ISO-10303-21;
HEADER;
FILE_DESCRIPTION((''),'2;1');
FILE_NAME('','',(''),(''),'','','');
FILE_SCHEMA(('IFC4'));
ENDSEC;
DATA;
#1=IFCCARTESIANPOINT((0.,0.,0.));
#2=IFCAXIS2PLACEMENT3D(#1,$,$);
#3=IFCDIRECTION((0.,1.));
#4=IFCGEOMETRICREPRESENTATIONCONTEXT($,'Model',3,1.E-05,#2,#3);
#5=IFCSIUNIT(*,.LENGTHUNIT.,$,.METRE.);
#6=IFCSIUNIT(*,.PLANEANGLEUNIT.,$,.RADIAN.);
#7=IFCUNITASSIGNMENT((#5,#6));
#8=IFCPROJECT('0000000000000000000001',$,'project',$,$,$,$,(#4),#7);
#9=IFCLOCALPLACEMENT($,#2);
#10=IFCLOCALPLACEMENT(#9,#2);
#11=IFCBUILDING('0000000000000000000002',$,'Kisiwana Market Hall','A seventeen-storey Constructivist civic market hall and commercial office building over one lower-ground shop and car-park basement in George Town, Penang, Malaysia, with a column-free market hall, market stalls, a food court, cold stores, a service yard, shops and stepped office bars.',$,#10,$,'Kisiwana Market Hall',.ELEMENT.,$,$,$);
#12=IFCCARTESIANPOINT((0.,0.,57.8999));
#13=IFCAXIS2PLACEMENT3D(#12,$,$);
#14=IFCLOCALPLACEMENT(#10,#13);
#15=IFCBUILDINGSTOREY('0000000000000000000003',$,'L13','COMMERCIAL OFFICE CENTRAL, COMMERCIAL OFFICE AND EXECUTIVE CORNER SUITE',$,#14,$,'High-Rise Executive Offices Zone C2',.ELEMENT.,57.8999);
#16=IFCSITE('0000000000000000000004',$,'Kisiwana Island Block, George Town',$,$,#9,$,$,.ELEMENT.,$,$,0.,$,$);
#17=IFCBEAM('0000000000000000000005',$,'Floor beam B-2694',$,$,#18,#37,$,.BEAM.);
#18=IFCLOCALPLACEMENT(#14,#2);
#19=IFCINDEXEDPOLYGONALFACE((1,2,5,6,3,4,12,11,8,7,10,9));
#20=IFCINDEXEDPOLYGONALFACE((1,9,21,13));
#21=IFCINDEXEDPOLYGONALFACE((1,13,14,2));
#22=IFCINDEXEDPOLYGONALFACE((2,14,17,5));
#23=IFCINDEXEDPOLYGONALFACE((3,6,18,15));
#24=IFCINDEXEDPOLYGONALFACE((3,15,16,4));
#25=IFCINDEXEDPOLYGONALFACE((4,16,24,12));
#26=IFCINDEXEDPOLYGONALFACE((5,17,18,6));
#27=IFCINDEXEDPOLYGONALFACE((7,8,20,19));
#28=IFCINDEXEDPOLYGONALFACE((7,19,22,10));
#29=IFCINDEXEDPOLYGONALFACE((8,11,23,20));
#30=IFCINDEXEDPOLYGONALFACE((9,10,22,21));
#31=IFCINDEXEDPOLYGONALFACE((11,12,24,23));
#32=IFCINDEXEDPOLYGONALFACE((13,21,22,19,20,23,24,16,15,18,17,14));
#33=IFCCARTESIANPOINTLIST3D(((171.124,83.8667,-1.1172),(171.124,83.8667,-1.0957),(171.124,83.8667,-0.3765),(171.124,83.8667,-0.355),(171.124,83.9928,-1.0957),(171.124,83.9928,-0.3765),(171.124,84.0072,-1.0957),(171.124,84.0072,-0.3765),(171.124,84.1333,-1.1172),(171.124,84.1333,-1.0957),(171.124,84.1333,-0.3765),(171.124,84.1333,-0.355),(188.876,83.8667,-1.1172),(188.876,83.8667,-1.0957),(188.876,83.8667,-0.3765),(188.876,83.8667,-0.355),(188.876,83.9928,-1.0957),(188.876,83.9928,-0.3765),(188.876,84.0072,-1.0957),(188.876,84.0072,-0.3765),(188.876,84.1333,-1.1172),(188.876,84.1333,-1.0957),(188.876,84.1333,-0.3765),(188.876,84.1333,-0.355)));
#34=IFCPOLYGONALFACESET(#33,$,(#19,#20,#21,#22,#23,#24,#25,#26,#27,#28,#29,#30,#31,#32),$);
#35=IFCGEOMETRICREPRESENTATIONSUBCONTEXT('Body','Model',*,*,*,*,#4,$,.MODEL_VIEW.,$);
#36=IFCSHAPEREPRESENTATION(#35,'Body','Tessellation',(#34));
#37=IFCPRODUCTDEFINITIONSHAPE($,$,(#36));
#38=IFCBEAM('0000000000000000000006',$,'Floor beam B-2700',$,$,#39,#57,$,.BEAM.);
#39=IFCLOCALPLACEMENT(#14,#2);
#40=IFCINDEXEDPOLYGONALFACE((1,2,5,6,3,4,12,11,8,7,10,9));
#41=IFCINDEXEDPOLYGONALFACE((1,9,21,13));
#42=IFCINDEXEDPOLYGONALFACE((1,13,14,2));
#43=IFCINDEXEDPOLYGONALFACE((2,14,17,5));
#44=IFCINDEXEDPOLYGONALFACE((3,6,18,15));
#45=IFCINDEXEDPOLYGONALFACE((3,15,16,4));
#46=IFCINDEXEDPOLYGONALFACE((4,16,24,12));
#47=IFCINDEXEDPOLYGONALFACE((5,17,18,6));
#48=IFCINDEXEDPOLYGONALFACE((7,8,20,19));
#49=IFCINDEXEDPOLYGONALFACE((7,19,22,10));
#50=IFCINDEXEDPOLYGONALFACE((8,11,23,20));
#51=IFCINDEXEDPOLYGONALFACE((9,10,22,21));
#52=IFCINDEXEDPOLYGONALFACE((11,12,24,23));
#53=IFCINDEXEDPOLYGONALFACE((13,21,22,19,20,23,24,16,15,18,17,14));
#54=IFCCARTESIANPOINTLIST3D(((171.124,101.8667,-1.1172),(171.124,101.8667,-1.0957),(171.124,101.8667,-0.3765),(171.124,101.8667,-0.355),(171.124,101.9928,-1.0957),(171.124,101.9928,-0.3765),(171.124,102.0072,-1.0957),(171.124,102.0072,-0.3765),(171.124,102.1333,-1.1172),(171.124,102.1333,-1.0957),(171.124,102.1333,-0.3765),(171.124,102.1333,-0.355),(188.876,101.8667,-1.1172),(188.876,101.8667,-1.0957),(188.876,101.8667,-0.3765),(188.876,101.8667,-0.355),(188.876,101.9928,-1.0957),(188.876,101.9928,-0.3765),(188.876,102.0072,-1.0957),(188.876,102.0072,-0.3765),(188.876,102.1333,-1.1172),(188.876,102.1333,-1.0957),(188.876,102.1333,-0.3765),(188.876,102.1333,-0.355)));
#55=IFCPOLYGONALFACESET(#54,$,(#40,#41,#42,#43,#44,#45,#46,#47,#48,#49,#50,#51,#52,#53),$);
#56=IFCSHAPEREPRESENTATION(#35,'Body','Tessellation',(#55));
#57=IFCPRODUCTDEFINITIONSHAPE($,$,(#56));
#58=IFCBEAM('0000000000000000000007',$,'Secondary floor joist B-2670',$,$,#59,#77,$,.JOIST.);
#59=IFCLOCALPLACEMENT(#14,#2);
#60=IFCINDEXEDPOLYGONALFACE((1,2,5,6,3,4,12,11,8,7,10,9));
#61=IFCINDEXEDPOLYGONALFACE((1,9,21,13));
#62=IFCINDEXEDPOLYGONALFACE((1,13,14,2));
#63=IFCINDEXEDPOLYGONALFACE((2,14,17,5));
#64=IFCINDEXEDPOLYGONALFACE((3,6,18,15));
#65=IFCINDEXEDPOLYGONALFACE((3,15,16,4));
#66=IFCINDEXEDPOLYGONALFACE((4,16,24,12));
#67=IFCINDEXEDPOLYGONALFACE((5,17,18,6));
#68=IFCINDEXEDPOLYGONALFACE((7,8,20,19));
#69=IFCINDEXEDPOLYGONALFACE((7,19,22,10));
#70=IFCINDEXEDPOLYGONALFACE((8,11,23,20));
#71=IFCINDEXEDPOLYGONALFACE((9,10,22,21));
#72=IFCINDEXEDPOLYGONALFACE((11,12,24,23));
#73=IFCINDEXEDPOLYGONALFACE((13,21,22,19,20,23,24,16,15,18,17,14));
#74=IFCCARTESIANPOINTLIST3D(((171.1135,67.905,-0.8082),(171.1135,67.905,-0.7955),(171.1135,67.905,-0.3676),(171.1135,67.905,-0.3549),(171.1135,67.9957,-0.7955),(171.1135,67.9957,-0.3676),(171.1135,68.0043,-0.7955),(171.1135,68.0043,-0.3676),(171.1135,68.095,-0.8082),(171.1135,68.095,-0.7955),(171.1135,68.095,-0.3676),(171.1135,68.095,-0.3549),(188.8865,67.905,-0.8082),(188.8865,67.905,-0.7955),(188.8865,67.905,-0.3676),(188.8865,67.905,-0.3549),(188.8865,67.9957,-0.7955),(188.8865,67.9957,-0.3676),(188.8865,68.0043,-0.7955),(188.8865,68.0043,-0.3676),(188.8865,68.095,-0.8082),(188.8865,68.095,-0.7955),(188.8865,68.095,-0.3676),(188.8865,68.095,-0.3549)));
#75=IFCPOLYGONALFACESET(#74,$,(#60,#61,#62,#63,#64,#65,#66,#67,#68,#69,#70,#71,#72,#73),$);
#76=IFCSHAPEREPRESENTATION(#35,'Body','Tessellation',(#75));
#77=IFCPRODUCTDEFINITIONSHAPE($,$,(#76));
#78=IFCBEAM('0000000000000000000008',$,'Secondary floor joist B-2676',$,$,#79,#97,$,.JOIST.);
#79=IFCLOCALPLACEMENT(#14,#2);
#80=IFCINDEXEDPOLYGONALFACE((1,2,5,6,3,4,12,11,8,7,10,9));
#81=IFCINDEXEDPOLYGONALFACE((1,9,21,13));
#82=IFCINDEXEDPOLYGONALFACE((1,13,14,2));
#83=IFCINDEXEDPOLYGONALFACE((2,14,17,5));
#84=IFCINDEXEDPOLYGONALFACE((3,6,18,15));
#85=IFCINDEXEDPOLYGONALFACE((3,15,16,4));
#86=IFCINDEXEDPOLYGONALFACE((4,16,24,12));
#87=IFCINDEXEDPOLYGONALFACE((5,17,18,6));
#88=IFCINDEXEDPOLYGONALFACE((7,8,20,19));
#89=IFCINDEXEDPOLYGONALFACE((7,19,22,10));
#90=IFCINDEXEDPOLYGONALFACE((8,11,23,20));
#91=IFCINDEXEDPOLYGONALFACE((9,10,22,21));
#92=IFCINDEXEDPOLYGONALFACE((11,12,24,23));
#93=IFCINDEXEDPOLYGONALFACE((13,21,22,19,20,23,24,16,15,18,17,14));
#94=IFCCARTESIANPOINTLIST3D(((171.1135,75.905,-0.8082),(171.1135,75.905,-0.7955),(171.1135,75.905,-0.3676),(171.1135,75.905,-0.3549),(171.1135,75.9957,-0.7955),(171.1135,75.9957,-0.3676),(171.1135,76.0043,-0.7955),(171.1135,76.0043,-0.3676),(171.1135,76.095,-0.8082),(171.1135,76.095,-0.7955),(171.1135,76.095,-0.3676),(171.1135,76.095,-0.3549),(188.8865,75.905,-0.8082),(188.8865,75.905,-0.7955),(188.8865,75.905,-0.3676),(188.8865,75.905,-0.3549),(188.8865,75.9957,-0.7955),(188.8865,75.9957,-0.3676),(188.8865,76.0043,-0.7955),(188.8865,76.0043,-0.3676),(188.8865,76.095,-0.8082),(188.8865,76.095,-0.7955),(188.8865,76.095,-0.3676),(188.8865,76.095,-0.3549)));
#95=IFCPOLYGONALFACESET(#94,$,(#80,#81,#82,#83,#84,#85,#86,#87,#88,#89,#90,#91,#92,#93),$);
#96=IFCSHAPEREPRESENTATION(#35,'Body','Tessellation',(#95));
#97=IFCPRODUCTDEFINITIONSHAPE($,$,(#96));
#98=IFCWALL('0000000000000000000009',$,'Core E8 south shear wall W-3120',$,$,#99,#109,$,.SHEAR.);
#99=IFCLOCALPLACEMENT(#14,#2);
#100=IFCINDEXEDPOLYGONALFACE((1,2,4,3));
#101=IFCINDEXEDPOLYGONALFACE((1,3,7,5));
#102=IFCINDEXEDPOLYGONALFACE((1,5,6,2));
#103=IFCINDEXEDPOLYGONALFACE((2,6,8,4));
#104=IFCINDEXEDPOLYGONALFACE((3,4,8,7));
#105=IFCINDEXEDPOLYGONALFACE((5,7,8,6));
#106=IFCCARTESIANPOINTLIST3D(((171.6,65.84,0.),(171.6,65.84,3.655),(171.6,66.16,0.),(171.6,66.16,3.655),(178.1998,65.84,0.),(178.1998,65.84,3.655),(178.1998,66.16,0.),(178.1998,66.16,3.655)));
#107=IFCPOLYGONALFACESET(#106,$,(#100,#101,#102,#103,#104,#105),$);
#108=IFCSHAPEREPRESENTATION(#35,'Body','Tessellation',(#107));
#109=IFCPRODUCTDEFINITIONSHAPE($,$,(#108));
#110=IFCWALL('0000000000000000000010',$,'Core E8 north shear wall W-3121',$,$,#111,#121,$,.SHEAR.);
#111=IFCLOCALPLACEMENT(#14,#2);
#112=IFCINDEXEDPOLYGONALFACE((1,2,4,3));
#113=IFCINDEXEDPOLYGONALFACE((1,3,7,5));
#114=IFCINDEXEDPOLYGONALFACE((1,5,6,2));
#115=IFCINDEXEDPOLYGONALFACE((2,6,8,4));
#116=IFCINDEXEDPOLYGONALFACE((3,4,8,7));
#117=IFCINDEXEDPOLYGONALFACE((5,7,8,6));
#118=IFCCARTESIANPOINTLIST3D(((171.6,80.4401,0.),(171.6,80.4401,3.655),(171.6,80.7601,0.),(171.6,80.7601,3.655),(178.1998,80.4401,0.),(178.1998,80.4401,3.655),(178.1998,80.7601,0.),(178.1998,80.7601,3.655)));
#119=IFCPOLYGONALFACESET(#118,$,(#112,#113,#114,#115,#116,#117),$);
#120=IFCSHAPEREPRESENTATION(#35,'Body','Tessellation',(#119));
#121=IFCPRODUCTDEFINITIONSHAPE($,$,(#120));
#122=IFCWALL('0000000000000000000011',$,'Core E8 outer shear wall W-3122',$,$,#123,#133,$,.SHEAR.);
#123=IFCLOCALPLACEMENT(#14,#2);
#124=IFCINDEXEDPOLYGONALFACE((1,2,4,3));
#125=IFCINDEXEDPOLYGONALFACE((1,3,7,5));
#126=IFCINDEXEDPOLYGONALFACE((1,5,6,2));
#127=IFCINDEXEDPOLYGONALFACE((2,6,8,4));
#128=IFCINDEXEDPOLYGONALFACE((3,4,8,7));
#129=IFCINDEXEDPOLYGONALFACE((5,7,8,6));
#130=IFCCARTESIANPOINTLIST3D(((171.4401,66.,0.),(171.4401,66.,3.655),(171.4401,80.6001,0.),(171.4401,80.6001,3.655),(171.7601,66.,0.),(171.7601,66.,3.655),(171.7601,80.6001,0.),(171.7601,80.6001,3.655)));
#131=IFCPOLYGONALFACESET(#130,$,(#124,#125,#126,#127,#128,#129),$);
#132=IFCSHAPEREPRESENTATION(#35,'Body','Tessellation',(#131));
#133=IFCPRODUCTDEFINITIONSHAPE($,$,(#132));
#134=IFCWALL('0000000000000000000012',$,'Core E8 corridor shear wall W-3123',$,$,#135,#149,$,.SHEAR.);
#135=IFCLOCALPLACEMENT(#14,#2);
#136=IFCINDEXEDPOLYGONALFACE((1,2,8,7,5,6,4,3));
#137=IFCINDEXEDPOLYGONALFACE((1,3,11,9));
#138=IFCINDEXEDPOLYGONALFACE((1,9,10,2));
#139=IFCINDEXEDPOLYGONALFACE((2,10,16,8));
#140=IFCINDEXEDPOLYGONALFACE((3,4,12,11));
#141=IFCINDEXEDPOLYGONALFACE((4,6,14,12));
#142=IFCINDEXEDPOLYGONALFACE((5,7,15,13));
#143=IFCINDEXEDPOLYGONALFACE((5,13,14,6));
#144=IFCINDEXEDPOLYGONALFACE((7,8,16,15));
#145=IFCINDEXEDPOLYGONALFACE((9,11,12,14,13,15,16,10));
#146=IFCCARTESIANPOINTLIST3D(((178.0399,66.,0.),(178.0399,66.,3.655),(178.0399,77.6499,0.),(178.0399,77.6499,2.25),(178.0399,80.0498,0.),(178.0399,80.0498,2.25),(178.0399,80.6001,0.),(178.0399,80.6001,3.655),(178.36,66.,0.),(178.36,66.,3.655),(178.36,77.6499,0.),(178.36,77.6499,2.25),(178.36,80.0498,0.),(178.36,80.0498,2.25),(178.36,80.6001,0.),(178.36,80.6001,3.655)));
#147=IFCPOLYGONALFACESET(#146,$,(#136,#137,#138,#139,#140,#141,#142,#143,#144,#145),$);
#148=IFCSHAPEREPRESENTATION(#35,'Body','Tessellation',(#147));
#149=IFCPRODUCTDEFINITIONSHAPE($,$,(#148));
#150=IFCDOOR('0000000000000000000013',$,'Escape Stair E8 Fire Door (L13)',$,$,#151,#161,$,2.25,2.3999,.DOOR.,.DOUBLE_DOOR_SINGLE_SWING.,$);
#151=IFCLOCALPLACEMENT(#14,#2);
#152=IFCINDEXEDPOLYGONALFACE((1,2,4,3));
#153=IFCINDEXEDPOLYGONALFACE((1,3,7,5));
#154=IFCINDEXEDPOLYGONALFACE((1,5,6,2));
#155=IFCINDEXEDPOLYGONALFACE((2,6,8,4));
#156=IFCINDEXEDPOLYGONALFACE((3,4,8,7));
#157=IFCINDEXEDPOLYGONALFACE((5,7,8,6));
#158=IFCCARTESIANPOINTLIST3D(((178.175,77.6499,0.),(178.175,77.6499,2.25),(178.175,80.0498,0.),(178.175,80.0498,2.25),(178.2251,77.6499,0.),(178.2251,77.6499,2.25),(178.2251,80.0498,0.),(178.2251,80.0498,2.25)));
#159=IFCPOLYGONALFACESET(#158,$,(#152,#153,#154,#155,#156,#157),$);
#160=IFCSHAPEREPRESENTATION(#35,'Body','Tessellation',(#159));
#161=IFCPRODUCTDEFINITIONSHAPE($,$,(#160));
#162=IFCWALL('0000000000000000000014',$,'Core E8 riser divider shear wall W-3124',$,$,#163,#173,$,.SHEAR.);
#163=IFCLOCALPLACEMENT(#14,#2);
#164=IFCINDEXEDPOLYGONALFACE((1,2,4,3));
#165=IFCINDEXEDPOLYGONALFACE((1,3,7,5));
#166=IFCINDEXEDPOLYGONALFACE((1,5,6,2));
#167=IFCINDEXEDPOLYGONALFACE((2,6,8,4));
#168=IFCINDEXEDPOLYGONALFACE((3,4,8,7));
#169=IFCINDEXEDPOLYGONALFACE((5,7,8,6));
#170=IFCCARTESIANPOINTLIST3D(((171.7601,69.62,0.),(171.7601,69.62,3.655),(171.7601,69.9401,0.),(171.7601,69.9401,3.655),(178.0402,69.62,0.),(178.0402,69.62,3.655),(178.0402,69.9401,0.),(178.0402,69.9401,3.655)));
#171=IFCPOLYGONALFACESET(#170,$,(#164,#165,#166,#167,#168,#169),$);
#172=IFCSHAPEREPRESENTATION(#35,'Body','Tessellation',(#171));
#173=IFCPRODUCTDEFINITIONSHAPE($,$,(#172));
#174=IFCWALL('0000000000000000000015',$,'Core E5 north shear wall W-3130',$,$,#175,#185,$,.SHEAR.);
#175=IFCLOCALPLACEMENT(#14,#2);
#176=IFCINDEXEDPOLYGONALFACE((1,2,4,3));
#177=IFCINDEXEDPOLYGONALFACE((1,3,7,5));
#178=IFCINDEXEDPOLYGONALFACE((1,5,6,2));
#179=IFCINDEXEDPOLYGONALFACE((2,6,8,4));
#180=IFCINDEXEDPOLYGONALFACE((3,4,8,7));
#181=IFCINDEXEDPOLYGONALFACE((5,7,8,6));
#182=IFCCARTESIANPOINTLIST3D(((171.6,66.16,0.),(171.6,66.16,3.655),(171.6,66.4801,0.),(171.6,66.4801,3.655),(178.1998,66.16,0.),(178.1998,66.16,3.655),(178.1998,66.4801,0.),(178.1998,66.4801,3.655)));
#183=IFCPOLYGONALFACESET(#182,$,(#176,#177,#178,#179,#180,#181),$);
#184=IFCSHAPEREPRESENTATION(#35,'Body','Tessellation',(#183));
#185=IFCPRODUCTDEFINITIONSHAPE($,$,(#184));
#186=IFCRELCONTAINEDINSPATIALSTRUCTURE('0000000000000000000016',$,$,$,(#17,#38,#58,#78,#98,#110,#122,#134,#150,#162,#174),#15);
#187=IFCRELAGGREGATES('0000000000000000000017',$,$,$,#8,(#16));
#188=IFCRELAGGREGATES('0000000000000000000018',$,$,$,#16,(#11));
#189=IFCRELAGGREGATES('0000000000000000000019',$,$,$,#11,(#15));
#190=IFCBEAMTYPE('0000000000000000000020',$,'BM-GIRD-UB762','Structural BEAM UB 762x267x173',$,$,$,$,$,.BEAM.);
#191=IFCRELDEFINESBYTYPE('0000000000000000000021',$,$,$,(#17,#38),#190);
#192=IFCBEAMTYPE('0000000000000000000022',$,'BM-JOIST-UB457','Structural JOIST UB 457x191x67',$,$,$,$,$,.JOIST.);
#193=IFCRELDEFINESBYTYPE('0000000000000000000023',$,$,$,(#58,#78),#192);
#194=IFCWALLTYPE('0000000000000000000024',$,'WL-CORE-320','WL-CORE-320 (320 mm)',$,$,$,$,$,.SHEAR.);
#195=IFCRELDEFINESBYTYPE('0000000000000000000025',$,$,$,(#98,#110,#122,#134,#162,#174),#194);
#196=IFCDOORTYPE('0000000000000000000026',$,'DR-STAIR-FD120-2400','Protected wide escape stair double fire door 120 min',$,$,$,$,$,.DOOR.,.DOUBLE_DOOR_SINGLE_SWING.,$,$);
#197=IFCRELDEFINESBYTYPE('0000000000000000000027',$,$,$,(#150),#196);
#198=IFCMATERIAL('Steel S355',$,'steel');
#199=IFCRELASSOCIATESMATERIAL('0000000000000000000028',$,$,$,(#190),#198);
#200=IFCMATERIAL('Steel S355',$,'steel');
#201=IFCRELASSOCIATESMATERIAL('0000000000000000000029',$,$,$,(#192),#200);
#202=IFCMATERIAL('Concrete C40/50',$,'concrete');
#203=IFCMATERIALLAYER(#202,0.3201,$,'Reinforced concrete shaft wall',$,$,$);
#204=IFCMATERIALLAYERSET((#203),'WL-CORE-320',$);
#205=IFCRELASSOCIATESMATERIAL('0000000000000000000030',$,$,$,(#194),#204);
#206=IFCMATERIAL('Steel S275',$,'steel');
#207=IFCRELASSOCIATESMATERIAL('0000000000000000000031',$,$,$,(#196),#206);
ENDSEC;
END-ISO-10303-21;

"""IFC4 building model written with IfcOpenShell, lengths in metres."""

from ifc_helpers import new_model, si_unit, direction, frame, frame_2d, origin, origin_2d, place, context, subcontext, project, spatial, rectangle, i_section, extrude, material, layer, layer_set, material_profile, profile_set, type_object, element, fill, save


model = new_model("IFC4")

# Units and contexts
model_context = context("Model", 3, precision=1e-05, world=origin(), true_north=direction((0.0, 1.0)))
body_context = subcontext(model_context, "Body", "Model", "MODEL_VIEW")
ifc_project = project(units=[si_unit("LENGTHUNIT", "METRE"), si_unit("PLANEANGLEUNIT", "RADIAN")], contexts=[model_context])

# Site, building, storey
site_placement = place(None, origin())
site = spatial("IfcSite", under=ifc_project, at=site_placement, Name="Kisiwana Island Block, George Town", CompositionType="ELEMENT", RefElevation=0.0)
building_placement = place(site_placement, origin())
building = spatial("IfcBuilding", under=site, at=building_placement, Name="Kisiwana Market Hall", Description="A seventeen-storey Constructivist civic market hall and commercial office building over one lower-ground shop and car-park basement in George Town, Penang, Malaysia, with a column-free market hall, market stalls, a food court, cold stores, a service yard, shops and stepped office bars.", LongName="Kisiwana Market Hall", CompositionType="ELEMENT")
storey_placement = place(building_placement, frame((0.0, 0.0, 57.8999)))
storey = spatial("IfcBuildingStorey", under=building, at=storey_placement, Name="L13", Description="COMMERCIAL OFFICE CENTRAL, COMMERCIAL OFFICE AND EXECUTIVE CORNER SUITE", LongName="High-Rise Executive Offices Zone C2", CompositionType="ELEMENT", Elevation=57.8999)

# Beams
ifc_material_1 = material(Name="Steel S355", Category="steel")
ifc_material_profile_1 = material_profile(ifc_material_1, i_section(OverallWidth=0.2666, OverallDepth=0.7622, WebThickness=0.0144, FlangeThickness=0.0215, at=origin_2d()), Name="UB 762x267x173")
ifc_profile_set_1 = profile_set([ifc_material_profile_1], Name="Steel S355")
beam_type_1 = type_object("IfcBeamType", Name="BM-GIRD-UB762", Description="Structural BEAM UB 762x267x173", PredefinedType="BEAM", material=ifc_profile_set_1)
for number, where, z_axis, x_axis, name in (
    (1, (171.124, 84.0, -0.7361), (1.0, 0.0, 0.0), (0.0, 1.0, 0.0), "Floor beam B-2694"),
    (2, (171.124, 102.0, -0.7361), (1.0, 0.0, 0.0), (0.0, 1.0, 0.0), "Floor beam B-2700"),
):
    element("IfcBeam", number, at=place(storey_placement, frame(where, z_axis=z_axis, x_axis=x_axis)), inside=storey, type_object=beam_type_1, Name=name, PredefinedType="BEAM", context=body_context, shape_type="SweptSolid", body=[
        extrude(i_section(OverallWidth=0.2666, OverallDepth=0.7622, WebThickness=0.0144, FlangeThickness=0.0215, at=origin_2d()), origin(), (0.0, 0.0, 1.0), 17.752),
    ])
ifc_material_2 = material(Name="Steel S355", Category="steel")
ifc_material_profile_2 = material_profile(ifc_material_2, i_section(OverallWidth=0.1899, OverallDepth=0.4534, WebThickness=0.0085, FlangeThickness=0.0127, at=origin_2d()), Name="UB 457x191x67")
ifc_profile_set_2 = profile_set([ifc_material_profile_2], Name="Steel S355")
beam_type_2 = type_object("IfcBeamType", Name="BM-JOIST-UB457", Description="Structural JOIST UB 457x191x67", PredefinedType="JOIST", material=ifc_profile_set_2)
for number, where, z_axis, x_axis, name in (
    (3, (171.1135, 68.0, -0.5815), (1.0, 0.0, 0.0), (0.0, 1.0, 0.0), "Secondary floor joist B-2670"),
    (4, (171.1135, 76.0, -0.5815), (1.0, 0.0, 0.0), (0.0, 1.0, 0.0), "Secondary floor joist B-2676"),
):
    element("IfcBeam", number, at=place(storey_placement, frame(where, z_axis=z_axis, x_axis=x_axis)), inside=storey, type_object=beam_type_2, Name=name, PredefinedType="JOIST", context=body_context, shape_type="SweptSolid", body=[
        extrude(i_section(OverallWidth=0.1899, OverallDepth=0.4534, WebThickness=0.0085, FlangeThickness=0.0127, at=origin_2d()), origin(), (0.0, 0.0, 1.0), 17.7729),
    ])

# Walls
ifc_material_3 = material(Name="Concrete C40/50", Category="concrete")
ifc_layer_1 = layer(ifc_material_3, 0.3201, Name="Reinforced concrete shaft wall")
ifc_layer_set_1 = layer_set([ifc_layer_1], Name="WL-CORE-320")
wall_type_1 = type_object("IfcWallType", Name="WL-CORE-320", Description="WL-CORE-320 (320 mm)", PredefinedType="SHEAR", material=ifc_layer_set_1)
for number, where, z_axis, x_axis, name in (
    (5, (171.6001, 66.0, 0.0), (0.0, 0.0, 1.0), (1.0, 0.0, 0.0), "Core E8 south shear wall W-3120"),
    (6, (171.6001, 80.6001, 0.0), (0.0, 0.0, 1.0), (1.0, 0.0, 0.0), "Core E8 north shear wall W-3121"),
):
    element("IfcWall", number, at=place(storey_placement, frame(where, z_axis=z_axis, x_axis=x_axis)), inside=storey, type_object=wall_type_1, Name=name, PredefinedType="SHEAR", context=body_context, shape_type="SweptSolid", body=[
        extrude(rectangle(XDim=6.5999, YDim=0.3201, at=frame_2d((3.2998, 0.0))), origin(), (0.0, 0.0, 1.0), 3.655),
    ])
wall_1_placement = place(storey_placement, frame((171.6001, 66.0, 0.0), z_axis=(0.0, 0.0, 1.0), x_axis=(0.0, 1.0, 0.0)))
element("IfcWall", 7, at=wall_1_placement, inside=storey, type_object=wall_type_1, Name="Core E8 outer shear wall W-3122", PredefinedType="SHEAR", context=body_context, shape_type="SweptSolid", body=[
    extrude(rectangle(XDim=14.6001, YDim=0.3201, at=frame_2d((7.3, 0.0))), origin(), (0.0, 0.0, 1.0), 3.655),
])

# Wall, opening, door
wall_2_placement = place(storey_placement, frame((178.2, 66.0, 0.0), z_axis=(0.0, 0.0, 1.0), x_axis=(0.0, 1.0, 0.0)))
wall_2 = element("IfcWall", 8, at=wall_2_placement, inside=storey, type_object=wall_type_1, Name="Core E8 corridor shear wall W-3123", PredefinedType="SHEAR", context=body_context, shape_type="SweptSolid", body=[
    extrude(rectangle(XDim=14.6001, YDim=0.3201, at=frame_2d((7.3, 0.0))), origin(), (0.0, 0.0, 1.0), 3.655),
])
opening_1_placement = place(wall_2_placement, frame((11.6499, 0.0, 0.0)))
opening_1 = element("IfcOpeningElement", 9, at=opening_1_placement, cuts=wall_2, PredefinedType="OPENING", context=body_context, shape_type="SweptSolid", body=[
    extrude(rectangle(XDim=2.3999, YDim=2.25, at=frame_2d((1.2, 1.125))), frame((0.0, 0.1719, 0.0), z_axis=(0.0, -1.0, 0.0), x_axis=(1.0, 0.0, 0.0)), (0.0, 0.0, 1.0), 0.344),
])
ifc_material_4 = material(Name="Steel S275", Category="steel")
door_type_1 = type_object("IfcDoorType", Name="DR-STAIR-FD120-2400", Description="Protected wide escape stair double fire door 120 min", OperationType="DOUBLE_DOOR_SINGLE_SWING", PredefinedType="DOOR", material=ifc_material_4)
door_1_placement = place(opening_1_placement, origin())
door_1 = element("IfcDoor", 10, at=door_1_placement, inside=storey, type_object=door_type_1, Name="Escape Stair E8 Fire Door (L13)", OperationType="DOUBLE_DOOR_SINGLE_SWING", OverallHeight=2.25, OverallWidth=2.3999, PredefinedType="DOOR", context=body_context, shape_type="SweptSolid", body=[
    extrude(rectangle(XDim=2.3999, YDim=2.25, at=frame_2d((1.2, 1.125))), frame((0.0, 0.0249, 0.0), z_axis=(0.0, -1.0, 0.0), x_axis=(1.0, 0.0, 0.0)), (0.0, 0.0, 1.0), 0.05),
])
fill(opening_1, door_1)

# Walls
wall_3_placement = place(storey_placement, frame((171.76, 69.78, 0.0), z_axis=(0.0, 0.0, 1.0), x_axis=(1.0, 0.0, 0.0)))
element("IfcWall", 11, at=wall_3_placement, inside=storey, type_object=wall_type_1, Name="Core E8 riser divider shear wall W-3124", PredefinedType="SHEAR", context=body_context, shape_type="SweptSolid", body=[
    extrude(rectangle(XDim=6.28, YDim=0.3201, at=frame_2d((3.1401, 0.0))), origin(), (0.0, 0.0, 1.0), 3.655),
])
wall_4_placement = place(storey_placement, frame((171.6001, 66.3201, 0.0), z_axis=(0.0, 0.0, 1.0), x_axis=(1.0, 0.0, 0.0)))
element("IfcWall", 12, at=wall_4_placement, inside=storey, type_object=wall_type_1, Name="Core E5 north shear wall W-3130", PredefinedType="SHEAR", context=body_context, shape_type="SweptSolid", body=[
    extrude(rectangle(XDim=6.5999, YDim=0.3201, at=frame_2d((3.2998, 0.0))), origin(), (0.0, 0.0, 1.0), 3.655),
])

save(model, "model.ifc")
